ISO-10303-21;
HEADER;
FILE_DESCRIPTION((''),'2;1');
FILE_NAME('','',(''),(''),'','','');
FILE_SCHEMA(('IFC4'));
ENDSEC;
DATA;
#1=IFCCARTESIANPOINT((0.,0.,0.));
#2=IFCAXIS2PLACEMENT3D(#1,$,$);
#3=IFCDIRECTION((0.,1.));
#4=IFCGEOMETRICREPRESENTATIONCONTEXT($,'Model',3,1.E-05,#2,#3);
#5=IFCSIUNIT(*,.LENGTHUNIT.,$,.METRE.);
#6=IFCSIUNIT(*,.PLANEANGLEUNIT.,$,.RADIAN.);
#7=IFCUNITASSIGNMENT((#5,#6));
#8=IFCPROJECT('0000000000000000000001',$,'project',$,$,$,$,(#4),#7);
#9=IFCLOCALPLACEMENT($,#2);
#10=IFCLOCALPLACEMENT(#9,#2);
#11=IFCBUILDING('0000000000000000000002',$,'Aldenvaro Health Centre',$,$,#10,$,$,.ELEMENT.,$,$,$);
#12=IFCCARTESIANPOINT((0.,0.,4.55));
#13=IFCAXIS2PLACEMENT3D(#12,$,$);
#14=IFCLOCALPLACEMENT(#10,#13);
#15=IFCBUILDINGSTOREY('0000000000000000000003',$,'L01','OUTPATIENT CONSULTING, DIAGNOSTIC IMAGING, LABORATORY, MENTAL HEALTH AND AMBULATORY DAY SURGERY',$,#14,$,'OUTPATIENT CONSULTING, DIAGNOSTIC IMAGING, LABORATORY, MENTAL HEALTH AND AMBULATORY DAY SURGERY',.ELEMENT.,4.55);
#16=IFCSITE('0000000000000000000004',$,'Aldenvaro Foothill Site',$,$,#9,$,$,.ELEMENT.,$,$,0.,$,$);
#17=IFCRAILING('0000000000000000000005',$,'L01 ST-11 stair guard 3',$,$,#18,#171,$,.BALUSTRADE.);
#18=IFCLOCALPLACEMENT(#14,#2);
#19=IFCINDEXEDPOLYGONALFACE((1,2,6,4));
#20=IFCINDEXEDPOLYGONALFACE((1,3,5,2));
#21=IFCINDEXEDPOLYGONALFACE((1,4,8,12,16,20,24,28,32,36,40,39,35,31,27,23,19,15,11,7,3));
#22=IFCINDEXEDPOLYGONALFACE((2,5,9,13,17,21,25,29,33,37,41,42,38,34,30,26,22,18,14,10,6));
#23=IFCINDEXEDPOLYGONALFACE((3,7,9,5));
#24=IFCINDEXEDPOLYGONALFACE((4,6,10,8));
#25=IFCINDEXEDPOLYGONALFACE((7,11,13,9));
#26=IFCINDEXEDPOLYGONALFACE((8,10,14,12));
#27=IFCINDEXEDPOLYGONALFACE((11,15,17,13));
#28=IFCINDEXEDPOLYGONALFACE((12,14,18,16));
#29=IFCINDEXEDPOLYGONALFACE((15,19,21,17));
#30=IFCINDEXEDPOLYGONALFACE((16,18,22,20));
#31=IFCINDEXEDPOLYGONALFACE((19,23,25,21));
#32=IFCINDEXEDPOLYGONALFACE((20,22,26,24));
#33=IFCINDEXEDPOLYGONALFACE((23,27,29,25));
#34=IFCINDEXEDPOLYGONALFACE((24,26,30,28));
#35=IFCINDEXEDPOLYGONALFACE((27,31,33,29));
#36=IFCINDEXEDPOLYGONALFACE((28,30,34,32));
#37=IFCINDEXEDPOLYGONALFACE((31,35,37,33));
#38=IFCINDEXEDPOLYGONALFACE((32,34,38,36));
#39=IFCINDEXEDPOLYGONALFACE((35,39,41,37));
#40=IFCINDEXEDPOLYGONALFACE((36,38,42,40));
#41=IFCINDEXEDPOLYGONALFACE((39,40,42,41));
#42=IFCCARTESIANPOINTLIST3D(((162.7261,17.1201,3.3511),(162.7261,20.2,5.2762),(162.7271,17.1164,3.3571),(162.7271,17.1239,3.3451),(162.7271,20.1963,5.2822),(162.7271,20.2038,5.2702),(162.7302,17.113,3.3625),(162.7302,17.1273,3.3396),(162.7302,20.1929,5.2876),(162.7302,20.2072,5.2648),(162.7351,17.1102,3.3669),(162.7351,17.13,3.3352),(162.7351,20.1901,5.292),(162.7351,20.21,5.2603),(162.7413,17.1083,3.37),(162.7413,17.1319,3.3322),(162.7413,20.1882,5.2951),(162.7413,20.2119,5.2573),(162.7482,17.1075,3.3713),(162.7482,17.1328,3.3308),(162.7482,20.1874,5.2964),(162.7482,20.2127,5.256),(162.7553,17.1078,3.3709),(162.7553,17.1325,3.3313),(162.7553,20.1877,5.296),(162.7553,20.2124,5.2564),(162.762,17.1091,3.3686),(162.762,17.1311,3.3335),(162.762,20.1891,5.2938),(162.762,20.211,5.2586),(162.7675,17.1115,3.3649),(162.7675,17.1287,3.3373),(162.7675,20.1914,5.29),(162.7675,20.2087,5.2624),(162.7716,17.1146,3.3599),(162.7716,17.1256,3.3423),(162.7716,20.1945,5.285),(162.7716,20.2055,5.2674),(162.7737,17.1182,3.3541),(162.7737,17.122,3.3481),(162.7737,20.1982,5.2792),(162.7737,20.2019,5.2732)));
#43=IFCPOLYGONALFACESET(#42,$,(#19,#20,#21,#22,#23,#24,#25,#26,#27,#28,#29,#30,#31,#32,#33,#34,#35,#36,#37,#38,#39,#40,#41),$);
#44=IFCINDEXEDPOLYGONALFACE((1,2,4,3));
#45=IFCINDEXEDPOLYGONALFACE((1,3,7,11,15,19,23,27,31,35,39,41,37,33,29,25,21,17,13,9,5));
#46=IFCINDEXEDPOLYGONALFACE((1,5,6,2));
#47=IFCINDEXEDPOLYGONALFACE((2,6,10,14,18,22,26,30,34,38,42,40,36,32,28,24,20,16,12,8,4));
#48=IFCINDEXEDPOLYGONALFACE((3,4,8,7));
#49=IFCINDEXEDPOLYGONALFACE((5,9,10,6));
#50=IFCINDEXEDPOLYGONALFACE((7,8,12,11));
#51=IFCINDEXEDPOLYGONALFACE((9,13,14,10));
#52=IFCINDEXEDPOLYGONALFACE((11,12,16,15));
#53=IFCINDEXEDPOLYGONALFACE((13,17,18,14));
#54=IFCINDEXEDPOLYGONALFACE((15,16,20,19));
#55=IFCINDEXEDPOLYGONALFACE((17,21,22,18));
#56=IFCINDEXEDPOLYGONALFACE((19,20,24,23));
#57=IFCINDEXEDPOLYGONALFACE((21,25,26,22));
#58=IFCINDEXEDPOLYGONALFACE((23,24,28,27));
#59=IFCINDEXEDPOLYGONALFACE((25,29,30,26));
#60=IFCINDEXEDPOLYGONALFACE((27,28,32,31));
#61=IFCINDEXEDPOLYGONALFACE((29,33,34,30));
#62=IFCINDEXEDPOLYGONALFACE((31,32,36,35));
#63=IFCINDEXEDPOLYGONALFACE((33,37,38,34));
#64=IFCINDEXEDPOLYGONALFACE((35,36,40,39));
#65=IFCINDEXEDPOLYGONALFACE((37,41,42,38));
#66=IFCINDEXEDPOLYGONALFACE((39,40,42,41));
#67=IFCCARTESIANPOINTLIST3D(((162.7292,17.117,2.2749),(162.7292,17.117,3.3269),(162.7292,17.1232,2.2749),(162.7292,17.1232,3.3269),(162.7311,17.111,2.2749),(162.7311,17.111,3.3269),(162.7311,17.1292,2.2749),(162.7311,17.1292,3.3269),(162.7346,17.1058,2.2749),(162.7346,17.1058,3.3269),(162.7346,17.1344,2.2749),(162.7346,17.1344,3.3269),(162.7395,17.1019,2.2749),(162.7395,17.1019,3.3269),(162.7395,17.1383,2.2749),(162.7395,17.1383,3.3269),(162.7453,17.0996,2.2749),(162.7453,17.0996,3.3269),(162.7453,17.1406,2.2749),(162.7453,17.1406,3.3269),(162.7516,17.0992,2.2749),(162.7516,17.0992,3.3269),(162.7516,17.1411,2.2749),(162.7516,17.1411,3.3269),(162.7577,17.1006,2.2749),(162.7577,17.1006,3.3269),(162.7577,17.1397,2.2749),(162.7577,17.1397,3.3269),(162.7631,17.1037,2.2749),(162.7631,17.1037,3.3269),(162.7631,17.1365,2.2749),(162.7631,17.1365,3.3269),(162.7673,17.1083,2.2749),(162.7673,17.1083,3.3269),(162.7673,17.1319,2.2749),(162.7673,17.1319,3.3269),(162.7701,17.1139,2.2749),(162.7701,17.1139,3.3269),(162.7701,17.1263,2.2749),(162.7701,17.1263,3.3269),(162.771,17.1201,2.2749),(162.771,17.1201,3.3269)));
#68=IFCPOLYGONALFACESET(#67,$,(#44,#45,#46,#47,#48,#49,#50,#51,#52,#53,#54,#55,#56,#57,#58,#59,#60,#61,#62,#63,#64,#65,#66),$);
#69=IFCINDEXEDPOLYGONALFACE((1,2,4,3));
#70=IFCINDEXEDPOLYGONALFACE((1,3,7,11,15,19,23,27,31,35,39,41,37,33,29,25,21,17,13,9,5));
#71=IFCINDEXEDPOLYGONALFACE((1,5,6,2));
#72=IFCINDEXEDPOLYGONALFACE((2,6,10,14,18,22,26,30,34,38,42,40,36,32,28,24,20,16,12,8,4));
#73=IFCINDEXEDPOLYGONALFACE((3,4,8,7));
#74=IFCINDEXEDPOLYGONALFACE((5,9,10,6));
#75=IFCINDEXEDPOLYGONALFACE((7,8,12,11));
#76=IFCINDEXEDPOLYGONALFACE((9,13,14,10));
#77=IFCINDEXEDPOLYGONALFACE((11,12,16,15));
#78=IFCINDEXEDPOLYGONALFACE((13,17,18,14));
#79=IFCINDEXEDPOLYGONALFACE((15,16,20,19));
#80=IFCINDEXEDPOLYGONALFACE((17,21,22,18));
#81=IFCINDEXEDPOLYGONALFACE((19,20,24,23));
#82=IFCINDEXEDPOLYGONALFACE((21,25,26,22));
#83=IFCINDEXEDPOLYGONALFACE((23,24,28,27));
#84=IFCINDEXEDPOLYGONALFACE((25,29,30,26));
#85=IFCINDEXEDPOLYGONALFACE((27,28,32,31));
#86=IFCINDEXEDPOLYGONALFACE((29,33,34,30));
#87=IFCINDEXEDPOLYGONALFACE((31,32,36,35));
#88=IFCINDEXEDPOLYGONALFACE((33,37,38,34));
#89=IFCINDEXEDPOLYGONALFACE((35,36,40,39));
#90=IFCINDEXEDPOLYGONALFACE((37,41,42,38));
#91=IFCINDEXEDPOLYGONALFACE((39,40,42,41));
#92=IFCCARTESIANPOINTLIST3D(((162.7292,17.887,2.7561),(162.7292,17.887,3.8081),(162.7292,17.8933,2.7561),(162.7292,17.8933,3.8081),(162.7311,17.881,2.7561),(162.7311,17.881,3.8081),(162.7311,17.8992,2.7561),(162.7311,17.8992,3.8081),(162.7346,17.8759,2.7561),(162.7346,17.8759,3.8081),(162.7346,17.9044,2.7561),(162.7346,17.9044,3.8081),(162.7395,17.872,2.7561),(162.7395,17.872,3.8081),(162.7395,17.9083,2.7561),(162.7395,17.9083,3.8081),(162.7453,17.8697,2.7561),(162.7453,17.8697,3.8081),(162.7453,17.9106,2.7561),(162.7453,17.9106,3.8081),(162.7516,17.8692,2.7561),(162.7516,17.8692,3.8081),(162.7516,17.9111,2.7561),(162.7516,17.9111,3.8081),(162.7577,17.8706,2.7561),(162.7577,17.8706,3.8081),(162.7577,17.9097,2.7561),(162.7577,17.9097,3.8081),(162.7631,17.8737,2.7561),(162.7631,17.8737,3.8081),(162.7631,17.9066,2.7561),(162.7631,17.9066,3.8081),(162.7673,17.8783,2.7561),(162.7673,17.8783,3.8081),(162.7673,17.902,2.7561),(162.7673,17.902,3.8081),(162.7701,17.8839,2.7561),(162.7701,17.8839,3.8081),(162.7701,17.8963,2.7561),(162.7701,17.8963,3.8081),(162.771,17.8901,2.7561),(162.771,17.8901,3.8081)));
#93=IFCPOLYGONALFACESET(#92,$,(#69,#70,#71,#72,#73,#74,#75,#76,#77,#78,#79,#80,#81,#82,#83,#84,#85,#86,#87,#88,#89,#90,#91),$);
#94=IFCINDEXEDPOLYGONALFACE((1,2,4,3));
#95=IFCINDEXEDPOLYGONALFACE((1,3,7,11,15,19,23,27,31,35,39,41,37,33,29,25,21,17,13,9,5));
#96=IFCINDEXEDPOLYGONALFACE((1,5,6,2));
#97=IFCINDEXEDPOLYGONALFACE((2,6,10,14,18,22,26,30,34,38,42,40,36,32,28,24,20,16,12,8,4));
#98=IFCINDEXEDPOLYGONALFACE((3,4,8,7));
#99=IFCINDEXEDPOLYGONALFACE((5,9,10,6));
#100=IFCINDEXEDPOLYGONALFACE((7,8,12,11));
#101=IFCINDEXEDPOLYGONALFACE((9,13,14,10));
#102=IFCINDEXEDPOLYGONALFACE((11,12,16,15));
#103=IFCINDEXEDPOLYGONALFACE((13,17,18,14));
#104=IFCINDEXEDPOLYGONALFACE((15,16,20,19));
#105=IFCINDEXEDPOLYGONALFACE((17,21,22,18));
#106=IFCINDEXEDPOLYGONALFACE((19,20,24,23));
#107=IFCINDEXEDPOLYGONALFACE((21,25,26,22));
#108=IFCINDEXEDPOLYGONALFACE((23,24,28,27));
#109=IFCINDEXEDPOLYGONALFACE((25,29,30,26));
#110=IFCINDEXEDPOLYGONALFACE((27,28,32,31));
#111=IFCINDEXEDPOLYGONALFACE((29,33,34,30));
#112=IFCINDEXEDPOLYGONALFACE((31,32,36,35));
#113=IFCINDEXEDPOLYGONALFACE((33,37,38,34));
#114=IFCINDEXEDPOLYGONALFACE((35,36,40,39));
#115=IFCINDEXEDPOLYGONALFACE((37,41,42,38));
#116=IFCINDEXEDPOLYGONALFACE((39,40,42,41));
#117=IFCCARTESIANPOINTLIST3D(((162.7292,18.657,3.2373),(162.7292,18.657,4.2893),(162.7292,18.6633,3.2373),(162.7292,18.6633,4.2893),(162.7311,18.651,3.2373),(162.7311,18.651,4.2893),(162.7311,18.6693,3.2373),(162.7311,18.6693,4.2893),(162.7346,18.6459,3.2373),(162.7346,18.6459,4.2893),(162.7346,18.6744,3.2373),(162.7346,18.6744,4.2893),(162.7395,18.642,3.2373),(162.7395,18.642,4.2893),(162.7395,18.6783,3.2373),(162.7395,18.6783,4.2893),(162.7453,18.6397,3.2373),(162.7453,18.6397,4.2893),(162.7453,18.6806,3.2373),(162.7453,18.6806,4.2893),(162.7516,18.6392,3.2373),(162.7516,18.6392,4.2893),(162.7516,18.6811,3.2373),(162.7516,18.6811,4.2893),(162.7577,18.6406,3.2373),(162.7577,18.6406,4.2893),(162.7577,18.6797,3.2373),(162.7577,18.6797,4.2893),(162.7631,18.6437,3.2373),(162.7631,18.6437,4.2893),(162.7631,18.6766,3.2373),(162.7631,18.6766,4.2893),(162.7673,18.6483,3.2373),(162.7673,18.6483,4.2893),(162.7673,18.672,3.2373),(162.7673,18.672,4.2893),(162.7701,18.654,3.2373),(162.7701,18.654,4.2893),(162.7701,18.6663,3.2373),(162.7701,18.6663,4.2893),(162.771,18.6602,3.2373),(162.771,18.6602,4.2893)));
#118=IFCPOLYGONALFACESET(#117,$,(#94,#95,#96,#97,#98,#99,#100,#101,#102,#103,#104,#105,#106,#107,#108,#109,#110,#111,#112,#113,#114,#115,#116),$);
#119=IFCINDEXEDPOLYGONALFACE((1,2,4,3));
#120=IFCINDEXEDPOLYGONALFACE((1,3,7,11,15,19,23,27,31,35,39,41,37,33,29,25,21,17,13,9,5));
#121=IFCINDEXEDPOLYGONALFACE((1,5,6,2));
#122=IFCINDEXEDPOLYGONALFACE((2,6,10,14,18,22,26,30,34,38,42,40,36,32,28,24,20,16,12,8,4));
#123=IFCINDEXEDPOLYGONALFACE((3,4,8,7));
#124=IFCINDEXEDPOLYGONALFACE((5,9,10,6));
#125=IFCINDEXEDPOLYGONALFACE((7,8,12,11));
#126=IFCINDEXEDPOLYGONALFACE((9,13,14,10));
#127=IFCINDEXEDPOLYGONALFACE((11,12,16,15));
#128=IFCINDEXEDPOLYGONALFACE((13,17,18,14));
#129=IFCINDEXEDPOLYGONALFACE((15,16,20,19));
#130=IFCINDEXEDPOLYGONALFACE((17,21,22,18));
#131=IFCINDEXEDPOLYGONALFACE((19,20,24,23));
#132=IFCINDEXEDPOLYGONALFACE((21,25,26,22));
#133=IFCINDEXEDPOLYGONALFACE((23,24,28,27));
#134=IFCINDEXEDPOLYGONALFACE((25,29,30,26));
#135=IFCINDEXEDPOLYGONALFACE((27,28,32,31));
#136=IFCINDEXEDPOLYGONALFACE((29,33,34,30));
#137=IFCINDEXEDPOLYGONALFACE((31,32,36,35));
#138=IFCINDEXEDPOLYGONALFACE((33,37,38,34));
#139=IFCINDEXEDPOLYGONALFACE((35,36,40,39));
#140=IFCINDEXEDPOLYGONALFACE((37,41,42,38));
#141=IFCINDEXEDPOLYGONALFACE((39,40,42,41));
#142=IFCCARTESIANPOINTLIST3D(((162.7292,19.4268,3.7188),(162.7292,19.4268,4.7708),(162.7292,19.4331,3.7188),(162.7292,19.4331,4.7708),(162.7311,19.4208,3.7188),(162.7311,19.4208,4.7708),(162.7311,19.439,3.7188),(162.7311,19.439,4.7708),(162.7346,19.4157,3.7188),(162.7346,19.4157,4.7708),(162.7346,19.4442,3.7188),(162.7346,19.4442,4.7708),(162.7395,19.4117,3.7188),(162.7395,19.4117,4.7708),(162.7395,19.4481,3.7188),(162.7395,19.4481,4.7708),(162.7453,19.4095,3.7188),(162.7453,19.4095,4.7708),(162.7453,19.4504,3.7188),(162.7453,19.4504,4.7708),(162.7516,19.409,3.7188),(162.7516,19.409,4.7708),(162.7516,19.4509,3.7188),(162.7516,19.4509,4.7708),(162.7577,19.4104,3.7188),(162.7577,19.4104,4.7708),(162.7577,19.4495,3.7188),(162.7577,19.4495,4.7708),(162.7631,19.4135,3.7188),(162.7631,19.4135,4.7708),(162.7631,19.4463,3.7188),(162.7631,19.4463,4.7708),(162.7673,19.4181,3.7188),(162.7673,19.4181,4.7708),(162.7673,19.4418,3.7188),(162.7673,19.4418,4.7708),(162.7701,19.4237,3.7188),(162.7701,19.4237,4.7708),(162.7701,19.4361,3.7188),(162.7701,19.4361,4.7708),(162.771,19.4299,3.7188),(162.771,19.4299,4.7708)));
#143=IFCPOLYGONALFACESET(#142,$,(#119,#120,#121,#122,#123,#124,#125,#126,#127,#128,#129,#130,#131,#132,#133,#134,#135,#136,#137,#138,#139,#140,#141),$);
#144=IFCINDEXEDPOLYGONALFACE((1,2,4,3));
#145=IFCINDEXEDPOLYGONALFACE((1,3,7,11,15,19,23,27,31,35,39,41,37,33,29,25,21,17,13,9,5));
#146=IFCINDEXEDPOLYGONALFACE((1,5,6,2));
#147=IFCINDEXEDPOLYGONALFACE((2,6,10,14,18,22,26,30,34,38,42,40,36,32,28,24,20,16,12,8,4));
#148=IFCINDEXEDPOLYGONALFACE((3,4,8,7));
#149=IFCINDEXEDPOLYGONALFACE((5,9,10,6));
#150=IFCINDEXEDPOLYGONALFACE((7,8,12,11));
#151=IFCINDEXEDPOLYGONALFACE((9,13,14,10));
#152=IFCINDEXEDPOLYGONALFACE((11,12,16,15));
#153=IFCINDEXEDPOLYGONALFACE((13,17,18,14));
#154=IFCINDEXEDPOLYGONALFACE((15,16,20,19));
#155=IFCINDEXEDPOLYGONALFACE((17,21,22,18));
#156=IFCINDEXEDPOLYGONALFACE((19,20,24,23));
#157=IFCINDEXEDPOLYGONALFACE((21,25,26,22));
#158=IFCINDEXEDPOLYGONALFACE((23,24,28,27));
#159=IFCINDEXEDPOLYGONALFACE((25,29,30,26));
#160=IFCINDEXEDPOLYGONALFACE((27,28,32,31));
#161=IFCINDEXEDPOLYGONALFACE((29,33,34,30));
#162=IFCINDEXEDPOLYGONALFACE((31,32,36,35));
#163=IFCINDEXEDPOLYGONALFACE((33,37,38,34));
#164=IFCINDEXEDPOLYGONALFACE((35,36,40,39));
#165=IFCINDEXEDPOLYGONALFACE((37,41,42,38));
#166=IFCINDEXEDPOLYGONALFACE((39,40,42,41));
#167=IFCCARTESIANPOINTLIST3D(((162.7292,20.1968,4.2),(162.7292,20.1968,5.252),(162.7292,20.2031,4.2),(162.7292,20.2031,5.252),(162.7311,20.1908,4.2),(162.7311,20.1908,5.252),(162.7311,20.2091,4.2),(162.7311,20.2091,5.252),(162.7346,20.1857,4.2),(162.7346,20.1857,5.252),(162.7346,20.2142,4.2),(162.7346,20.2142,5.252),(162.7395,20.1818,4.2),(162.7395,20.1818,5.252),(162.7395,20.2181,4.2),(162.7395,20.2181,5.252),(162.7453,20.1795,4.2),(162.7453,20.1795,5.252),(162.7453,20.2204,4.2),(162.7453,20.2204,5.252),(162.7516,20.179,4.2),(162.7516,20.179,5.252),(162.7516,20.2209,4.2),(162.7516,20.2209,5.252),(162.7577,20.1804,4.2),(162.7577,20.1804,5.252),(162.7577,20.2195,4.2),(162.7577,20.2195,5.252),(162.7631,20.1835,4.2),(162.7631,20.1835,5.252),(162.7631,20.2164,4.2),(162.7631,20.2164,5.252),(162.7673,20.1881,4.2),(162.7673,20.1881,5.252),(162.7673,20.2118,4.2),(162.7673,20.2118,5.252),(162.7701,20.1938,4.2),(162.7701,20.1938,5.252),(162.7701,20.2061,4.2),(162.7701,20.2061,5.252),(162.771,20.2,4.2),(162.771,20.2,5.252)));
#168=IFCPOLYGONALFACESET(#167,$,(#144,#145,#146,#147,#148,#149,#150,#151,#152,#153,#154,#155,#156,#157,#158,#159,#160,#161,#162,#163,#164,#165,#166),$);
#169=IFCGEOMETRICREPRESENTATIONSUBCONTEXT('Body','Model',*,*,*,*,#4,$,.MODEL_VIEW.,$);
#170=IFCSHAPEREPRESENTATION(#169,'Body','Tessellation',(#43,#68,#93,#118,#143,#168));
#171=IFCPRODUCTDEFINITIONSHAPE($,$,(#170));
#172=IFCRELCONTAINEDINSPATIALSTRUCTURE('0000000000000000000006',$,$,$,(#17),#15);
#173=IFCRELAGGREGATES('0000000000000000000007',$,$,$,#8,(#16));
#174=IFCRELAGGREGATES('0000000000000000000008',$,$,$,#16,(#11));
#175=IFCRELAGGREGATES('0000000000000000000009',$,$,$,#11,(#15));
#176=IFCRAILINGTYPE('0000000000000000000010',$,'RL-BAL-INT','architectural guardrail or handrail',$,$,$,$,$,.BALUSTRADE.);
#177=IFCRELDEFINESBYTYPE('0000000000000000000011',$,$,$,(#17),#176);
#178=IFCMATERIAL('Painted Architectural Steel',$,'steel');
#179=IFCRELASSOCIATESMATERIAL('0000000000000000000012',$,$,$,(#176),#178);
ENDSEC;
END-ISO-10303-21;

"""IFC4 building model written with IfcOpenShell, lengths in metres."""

from ifc_helpers import new_model, si_unit, direction, frame, origin, origin_2d, place, context, subcontext, project, spatial, circle, extrude, material, type_object, element, save


model = new_model("IFC4")

# Units and contexts
model_context = context("Model", 3, precision=1e-05, world=origin(), true_north=direction((0.0, 1.0)))
body_context = subcontext(model_context, "Body", "Model", "MODEL_VIEW")
ifc_project = project(units=[si_unit("LENGTHUNIT", "METRE"), si_unit("PLANEANGLEUNIT", "RADIAN")], contexts=[model_context])

# Site, building, storey
site_placement = place(None, origin())
site = spatial("IfcSite", under=ifc_project, at=site_placement, Name="Aldenvaro Foothill Site", CompositionType="ELEMENT", RefElevation=0.0)
building_placement = place(site_placement, origin())
building = spatial("IfcBuilding", under=site, at=building_placement, Name="Aldenvaro Health Centre", CompositionType="ELEMENT")
storey_placement = place(building_placement, frame((0.0, 0.0, 4.55)))
storey = spatial("IfcBuildingStorey", under=building, at=storey_placement, Name="L01", Description="OUTPATIENT CONSULTING, DIAGNOSTIC IMAGING, LABORATORY, MENTAL HEALTH AND AMBULATORY DAY SURGERY", LongName="OUTPATIENT CONSULTING, DIAGNOSTIC IMAGING, LABORATORY, MENTAL HEALTH AND AMBULATORY DAY SURGERY", CompositionType="ELEMENT", Elevation=4.55)

# Railing
ifc_material_1 = material(Name="Painted Architectural Steel", Category="steel")
railing_type_1 = type_object("IfcRailingType", Name="RL-BAL-INT", Description="architectural guardrail or handrail", PredefinedType="BALUSTRADE", material=ifc_material_1)
railing_1_placement = place(storey_placement, frame((162.75, 17.1201, 2.2749)))
element("IfcRailing", 1, at=railing_1_placement, inside=storey, type_object=railing_type_1, Name="L01 ST-11 stair guard 3", PredefinedType="BALUSTRADE", context=body_context, shape_type="SweptSolid", body=[
    extrude(circle(Radius=0.0239, at=origin_2d()), frame((0.0, 0.0, 1.0762), z_axis=(0.0, 0.847979, 0.530029), x_axis=(-1.0, 0.0, 0.0)), (0.0, 0.0, 1.0), 3.6321),
    extrude(circle(Radius=0.021, at=origin_2d()), origin(), (0.0, 0.0, 1.0), 1.052),
    extrude(circle(Radius=0.021, at=origin_2d()), frame((0.0, 0.77, 0.4812)), (0.0, 0.0, 1.0), 1.052),
    extrude(circle(Radius=0.021, at=origin_2d()), frame((0.0, 1.54, 0.9624)), (0.0, 0.0, 1.0), 1.052),
    extrude(circle(Radius=0.021, at=origin_2d()), frame((0.0, 2.3098, 1.4438)), (0.0, 0.0, 1.0), 1.052),
    extrude(circle(Radius=0.021, at=origin_2d()), frame((0.0, 3.0798, 1.925)), (0.0, 0.0, 1.0), 1.052),
])

save(model, "model.ifc")
